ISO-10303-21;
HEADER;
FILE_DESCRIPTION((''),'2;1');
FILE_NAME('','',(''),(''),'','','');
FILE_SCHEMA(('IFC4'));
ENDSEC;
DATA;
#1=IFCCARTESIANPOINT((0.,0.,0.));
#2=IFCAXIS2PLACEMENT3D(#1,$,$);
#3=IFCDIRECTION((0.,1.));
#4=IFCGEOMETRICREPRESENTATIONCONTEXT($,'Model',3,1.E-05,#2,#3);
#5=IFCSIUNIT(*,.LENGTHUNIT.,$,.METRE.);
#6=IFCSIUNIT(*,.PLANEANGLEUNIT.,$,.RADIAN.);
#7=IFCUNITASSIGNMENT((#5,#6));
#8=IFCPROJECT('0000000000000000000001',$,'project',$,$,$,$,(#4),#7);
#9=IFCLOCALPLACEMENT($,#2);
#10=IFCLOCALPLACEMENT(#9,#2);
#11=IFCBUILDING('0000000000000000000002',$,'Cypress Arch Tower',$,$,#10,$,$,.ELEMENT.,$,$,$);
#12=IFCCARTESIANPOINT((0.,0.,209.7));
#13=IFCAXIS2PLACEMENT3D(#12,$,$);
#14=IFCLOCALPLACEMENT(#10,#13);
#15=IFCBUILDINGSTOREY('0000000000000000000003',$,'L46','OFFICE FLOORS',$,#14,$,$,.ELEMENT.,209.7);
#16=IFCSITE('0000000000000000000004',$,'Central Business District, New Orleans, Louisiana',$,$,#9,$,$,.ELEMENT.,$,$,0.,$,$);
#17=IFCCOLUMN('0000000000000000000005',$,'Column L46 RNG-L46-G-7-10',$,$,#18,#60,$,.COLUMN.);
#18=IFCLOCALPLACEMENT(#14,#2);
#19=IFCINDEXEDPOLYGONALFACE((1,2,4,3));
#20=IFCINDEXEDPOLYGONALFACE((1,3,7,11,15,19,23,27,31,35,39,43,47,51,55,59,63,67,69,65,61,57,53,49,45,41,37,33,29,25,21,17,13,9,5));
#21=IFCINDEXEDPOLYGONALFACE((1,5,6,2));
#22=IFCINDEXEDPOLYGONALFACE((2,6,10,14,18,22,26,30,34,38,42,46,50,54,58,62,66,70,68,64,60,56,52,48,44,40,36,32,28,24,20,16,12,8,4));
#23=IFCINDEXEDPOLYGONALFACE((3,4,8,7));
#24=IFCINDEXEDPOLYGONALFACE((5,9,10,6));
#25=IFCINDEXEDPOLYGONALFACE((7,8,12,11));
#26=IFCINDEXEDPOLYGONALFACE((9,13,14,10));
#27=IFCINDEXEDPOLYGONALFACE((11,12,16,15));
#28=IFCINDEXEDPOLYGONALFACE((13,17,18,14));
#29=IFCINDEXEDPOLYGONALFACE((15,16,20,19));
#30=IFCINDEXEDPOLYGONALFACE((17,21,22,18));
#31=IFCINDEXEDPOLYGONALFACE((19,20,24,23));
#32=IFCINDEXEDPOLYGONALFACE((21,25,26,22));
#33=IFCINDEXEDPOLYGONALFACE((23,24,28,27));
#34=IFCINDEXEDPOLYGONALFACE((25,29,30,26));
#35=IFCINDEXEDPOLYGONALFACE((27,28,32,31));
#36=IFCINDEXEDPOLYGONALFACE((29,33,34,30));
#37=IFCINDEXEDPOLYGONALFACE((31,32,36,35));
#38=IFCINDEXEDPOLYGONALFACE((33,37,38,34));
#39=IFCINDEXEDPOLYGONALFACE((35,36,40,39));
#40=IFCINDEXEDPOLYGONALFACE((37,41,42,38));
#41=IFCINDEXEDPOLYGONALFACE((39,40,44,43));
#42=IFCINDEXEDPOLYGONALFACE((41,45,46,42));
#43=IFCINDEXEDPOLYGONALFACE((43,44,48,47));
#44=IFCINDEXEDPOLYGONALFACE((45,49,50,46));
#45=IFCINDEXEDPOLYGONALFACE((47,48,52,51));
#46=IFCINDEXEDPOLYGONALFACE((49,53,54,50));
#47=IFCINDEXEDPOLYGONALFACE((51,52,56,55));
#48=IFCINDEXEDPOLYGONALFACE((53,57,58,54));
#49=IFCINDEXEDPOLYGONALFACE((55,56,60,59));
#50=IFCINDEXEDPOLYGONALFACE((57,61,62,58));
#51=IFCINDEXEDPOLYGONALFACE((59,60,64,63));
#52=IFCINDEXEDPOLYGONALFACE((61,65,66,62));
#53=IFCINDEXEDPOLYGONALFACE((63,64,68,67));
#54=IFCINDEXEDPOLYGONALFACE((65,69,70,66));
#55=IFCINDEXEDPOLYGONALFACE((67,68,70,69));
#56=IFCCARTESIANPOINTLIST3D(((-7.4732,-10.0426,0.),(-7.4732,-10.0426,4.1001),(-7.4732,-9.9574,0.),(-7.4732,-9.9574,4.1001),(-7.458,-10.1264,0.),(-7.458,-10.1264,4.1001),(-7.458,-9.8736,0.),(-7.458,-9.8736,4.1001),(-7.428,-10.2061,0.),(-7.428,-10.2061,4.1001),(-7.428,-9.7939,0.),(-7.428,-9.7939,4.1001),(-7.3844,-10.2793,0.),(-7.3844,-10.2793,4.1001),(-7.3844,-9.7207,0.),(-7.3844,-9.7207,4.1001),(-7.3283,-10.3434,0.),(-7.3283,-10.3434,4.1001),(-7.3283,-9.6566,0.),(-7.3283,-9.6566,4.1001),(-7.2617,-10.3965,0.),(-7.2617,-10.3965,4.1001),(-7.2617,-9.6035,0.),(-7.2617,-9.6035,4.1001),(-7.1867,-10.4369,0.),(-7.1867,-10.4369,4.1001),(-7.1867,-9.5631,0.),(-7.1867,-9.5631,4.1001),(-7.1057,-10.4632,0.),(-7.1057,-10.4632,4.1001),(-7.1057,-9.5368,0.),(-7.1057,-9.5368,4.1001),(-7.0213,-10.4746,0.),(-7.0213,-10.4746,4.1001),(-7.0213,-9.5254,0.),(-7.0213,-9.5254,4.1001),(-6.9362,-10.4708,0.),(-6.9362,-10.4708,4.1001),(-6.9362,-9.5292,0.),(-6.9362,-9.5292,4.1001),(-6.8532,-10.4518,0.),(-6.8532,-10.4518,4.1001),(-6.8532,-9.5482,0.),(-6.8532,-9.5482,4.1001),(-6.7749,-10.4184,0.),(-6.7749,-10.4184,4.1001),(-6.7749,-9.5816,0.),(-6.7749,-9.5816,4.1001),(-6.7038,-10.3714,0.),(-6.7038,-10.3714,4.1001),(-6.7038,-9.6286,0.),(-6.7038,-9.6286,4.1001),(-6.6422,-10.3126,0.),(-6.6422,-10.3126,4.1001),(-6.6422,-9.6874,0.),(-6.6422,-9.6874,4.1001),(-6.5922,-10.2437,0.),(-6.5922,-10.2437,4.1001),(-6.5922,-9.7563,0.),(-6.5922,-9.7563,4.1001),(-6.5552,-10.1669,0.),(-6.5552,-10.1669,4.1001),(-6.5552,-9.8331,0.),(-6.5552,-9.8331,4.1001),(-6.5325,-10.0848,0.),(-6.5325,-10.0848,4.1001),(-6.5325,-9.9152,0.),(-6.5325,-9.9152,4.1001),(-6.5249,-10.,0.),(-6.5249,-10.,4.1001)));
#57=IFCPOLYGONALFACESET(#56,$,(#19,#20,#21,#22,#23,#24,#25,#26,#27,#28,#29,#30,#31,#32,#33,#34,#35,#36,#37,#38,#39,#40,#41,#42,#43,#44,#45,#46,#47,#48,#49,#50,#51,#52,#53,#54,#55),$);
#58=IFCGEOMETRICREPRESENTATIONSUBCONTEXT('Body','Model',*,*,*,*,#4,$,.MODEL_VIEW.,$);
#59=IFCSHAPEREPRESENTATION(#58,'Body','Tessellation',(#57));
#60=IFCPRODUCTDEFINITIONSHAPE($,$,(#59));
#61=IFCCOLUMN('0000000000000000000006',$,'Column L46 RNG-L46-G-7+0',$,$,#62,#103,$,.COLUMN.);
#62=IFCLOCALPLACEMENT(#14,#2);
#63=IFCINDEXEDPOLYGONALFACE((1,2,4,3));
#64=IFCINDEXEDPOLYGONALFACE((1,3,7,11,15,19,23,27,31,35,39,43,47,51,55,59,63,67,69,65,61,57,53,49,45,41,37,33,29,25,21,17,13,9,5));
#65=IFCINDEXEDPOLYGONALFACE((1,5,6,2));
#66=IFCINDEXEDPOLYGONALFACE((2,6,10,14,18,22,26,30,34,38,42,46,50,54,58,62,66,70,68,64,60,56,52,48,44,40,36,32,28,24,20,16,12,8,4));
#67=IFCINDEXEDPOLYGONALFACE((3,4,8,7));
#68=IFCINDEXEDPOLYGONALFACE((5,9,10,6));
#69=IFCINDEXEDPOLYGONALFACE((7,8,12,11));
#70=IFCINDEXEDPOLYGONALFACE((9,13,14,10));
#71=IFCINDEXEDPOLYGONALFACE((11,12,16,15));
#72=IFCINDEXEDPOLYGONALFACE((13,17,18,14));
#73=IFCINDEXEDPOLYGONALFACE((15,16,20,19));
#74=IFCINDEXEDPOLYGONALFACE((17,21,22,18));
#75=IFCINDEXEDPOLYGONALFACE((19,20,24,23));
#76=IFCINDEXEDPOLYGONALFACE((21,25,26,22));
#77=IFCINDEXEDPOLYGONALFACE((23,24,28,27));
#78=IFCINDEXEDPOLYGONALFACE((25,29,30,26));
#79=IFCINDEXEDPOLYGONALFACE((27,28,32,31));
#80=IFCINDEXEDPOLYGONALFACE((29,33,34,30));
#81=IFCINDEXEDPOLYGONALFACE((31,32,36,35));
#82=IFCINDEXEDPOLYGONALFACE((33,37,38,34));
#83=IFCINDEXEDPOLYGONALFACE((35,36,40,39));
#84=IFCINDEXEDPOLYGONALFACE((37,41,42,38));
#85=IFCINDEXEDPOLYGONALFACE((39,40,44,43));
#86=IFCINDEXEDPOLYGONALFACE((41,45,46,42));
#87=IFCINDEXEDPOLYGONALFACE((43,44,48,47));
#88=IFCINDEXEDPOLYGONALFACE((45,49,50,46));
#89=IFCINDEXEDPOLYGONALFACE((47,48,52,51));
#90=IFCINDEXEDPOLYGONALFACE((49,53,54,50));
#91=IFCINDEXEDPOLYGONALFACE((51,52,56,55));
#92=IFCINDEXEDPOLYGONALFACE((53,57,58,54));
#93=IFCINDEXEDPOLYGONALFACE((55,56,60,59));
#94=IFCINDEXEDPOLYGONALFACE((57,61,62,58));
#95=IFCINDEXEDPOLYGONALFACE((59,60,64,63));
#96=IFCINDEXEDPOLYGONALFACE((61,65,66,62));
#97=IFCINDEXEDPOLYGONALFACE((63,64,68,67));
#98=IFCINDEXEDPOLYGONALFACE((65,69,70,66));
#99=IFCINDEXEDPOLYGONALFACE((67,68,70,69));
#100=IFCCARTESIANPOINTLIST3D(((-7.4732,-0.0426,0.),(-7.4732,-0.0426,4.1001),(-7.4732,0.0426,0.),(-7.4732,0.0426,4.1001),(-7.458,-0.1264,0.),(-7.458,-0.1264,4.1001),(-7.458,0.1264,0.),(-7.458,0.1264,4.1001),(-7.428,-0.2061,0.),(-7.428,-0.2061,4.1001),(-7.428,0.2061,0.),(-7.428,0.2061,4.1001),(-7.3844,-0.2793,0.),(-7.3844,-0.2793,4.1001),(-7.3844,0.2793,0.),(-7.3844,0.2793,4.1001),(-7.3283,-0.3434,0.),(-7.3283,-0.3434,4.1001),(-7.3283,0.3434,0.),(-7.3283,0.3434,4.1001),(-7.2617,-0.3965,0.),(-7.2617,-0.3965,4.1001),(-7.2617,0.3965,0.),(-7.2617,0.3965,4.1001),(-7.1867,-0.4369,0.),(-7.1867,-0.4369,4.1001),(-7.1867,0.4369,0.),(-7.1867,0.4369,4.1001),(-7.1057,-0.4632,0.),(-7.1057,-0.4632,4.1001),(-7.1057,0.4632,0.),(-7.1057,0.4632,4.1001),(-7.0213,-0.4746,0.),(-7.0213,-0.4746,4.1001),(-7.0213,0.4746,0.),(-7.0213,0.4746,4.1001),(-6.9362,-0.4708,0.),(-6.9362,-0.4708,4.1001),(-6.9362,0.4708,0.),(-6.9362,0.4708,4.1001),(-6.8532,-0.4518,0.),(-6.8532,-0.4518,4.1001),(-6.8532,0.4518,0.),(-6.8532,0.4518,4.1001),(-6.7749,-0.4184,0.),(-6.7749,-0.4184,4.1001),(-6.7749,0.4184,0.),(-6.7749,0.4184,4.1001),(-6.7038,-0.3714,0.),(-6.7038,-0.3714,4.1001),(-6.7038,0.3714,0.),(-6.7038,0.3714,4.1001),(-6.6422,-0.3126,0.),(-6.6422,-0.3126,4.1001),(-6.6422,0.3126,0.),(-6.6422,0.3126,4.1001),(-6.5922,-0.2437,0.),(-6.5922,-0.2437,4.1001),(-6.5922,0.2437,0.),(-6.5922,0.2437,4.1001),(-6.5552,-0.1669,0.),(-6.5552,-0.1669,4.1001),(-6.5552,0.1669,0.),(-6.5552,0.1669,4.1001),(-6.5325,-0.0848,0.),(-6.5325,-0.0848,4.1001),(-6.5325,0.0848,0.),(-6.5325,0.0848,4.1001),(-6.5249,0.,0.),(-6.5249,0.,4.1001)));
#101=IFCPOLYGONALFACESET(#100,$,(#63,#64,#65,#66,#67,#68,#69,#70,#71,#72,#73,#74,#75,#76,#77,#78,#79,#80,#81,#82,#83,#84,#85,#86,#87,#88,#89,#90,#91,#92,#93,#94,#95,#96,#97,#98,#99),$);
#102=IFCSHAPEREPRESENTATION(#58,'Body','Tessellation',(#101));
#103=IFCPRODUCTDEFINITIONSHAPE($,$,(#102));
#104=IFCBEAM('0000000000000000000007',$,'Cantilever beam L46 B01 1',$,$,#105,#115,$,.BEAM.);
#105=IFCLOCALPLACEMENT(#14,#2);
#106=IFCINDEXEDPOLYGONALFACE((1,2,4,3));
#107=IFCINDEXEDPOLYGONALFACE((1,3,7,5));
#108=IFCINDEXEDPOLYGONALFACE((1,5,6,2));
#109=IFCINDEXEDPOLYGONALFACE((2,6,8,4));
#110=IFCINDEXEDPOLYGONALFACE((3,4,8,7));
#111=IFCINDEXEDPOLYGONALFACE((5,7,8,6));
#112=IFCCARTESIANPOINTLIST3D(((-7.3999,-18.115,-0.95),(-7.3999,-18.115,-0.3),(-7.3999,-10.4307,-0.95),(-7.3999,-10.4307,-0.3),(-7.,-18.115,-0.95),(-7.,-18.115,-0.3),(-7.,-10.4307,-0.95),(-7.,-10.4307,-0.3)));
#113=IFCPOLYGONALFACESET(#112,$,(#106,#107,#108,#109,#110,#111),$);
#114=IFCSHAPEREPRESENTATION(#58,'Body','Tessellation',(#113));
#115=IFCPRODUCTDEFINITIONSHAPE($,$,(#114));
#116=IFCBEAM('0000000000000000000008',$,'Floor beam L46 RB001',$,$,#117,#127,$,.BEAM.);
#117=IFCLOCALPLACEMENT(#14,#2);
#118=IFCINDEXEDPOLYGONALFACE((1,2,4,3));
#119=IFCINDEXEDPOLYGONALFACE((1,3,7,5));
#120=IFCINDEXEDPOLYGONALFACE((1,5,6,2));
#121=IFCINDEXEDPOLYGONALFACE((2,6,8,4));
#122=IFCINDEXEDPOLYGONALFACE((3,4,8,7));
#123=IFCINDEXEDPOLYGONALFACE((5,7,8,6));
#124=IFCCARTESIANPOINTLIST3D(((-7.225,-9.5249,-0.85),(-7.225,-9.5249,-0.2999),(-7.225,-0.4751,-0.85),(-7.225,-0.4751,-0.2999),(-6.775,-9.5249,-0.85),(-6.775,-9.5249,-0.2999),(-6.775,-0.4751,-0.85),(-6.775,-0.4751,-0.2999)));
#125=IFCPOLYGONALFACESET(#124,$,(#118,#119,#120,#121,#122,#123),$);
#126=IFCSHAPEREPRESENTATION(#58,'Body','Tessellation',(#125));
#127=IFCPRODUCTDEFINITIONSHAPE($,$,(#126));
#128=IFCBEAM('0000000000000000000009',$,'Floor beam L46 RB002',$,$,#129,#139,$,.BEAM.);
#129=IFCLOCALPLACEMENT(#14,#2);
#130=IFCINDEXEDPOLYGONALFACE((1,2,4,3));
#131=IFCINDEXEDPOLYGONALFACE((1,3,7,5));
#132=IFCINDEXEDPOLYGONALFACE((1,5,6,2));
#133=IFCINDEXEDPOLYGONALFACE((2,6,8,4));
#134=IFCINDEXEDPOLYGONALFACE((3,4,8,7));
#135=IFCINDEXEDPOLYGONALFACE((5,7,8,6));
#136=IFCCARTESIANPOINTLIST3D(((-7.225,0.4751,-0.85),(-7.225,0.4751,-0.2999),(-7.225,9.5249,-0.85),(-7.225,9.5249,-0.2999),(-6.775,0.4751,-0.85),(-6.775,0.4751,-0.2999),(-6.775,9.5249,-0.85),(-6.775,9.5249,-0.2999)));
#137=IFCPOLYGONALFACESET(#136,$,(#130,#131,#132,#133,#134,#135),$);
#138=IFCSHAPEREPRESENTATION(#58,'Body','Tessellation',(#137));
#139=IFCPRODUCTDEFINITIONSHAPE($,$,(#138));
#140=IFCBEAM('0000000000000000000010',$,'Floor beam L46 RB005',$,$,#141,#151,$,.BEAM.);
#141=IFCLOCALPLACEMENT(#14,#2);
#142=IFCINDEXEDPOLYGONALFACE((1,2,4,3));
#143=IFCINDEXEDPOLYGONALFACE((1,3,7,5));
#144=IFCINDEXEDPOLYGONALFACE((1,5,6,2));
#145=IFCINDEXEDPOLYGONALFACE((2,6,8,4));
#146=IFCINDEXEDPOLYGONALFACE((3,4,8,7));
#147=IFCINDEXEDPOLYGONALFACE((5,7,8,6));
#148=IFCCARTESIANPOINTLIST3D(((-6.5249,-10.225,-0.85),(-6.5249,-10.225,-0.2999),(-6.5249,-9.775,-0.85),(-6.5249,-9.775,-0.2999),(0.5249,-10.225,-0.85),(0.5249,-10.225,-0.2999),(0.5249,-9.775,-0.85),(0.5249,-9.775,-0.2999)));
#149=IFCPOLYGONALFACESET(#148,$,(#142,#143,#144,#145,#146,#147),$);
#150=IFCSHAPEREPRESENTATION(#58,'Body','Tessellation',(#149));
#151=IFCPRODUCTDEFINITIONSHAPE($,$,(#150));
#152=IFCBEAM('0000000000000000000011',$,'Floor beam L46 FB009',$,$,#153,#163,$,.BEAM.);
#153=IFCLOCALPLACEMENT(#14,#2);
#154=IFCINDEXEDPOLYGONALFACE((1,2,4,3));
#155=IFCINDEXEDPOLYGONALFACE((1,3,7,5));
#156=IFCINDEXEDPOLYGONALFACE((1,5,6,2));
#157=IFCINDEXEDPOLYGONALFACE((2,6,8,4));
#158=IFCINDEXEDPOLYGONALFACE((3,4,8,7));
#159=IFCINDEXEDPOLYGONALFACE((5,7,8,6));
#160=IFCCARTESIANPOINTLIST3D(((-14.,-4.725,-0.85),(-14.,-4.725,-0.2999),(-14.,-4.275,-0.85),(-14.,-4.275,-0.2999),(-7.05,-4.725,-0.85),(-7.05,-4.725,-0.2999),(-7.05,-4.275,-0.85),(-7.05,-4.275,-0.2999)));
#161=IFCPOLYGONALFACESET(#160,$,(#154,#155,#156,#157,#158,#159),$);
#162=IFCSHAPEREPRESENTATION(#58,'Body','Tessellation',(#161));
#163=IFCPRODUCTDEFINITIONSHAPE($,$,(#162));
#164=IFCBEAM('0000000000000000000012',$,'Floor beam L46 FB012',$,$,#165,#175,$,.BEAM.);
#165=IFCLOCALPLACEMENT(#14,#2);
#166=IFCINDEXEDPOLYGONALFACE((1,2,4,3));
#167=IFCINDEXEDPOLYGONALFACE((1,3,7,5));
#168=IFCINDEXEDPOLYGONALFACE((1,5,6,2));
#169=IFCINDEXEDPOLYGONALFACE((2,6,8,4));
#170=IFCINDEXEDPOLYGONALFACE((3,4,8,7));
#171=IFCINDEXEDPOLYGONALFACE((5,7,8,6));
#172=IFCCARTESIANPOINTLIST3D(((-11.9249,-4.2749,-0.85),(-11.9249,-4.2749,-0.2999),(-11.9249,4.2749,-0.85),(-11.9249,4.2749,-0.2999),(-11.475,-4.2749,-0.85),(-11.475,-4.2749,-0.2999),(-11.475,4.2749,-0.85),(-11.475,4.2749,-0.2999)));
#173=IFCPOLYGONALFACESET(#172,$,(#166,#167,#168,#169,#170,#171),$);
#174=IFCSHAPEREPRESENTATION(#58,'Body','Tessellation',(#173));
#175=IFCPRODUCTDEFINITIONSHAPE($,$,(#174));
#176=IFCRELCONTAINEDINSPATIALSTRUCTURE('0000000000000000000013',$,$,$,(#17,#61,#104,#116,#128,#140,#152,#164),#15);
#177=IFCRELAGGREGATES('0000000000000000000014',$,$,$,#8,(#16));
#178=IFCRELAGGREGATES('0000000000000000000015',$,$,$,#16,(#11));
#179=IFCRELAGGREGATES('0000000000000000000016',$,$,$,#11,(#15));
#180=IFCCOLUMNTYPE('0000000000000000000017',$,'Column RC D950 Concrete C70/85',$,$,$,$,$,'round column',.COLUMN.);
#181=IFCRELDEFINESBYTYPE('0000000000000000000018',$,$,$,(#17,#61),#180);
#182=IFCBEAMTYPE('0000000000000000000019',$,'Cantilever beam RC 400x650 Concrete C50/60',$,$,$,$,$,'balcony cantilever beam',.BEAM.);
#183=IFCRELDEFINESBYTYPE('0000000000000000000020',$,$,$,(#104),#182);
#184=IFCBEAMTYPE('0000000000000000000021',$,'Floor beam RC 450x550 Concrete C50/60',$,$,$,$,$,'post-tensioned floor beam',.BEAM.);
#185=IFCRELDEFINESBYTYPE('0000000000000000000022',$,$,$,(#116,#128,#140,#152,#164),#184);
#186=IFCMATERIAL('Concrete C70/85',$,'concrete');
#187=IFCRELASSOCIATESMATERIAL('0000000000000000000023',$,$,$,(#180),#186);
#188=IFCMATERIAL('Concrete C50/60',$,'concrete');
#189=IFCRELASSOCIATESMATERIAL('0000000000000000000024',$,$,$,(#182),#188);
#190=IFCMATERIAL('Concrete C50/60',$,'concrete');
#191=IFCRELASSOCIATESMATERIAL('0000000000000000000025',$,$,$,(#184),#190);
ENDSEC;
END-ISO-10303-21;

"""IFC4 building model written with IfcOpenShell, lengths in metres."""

from ifc_helpers import new_model, si_unit, direction, frame, origin, origin_2d, place, context, subcontext, project, spatial, rectangle, circle, extrude, material, material_profile, profile_set, type_object, element, save


model = new_model("IFC4")

# Units and contexts
model_context = context("Model", 3, precision=1e-05, world=origin(), true_north=direction((0.0, 1.0)))
body_context = subcontext(model_context, "Body", "Model", "MODEL_VIEW")
ifc_project = project(units=[si_unit("LENGTHUNIT", "METRE"), si_unit("PLANEANGLEUNIT", "RADIAN")], contexts=[model_context])

# Site, building, storey
site_placement = place(None, origin())
site = spatial("IfcSite", under=ifc_project, at=site_placement, Name="Central Business District, New Orleans, Louisiana", CompositionType="ELEMENT", RefElevation=0.0)
building_placement = place(site_placement, origin())
building = spatial("IfcBuilding", under=site, at=building_placement, Name="Cypress Arch Tower", CompositionType="ELEMENT")
storey_placement = place(building_placement, frame((0.0, 0.0, 209.7)))
storey = spatial("IfcBuildingStorey", under=building, at=storey_placement, Name="L46", Description="OFFICE FLOORS", CompositionType="ELEMENT", Elevation=209.7)

# Columns
ifc_material_1 = material(Name="Concrete C70/85", Category="concrete")
ifc_material_profile_1 = material_profile(ifc_material_1, circle(Radius=0.4751, at=origin_2d()), Name="RC D950")
ifc_profile_set_1 = profile_set([ifc_material_profile_1], Name="Concrete C70/85")
column_type = type_object("IfcColumnType", Name="Column RC D950 Concrete C70/85", ElementType="round column", PredefinedType="COLUMN", material=ifc_profile_set_1)
for number, where, z_axis, x_axis, name in (
    (1, (-7.0, -10.0, 0.0), (0.0, 0.0, 1.0), (1.0, 0.0, 0.0), "Column L46 RNG-L46-G-7-10"),
    (2, (-7.0, 0.0, 0.0), (0.0, 0.0, 1.0), (1.0, 0.0, 0.0), "Column L46 RNG-L46-G-7+0"),
):
    element("IfcColumn", number, at=place(storey_placement, frame(where, z_axis=z_axis, x_axis=x_axis)), inside=storey, type_object=column_type, Name=name, PredefinedType="COLUMN", context=body_context, shape_type="SweptSolid", body=[
        extrude(circle(Radius=0.4751, at=origin_2d()), origin(), (0.0, 0.0, 1.0), 4.1001),
    ])

# Beams
ifc_material_2 = material(Name="Concrete C50/60", Category="concrete")
ifc_material_profile_2 = material_profile(ifc_material_2, rectangle(XDim=0.3999, YDim=0.6499, at=origin_2d()), Name="RC 400x650")
ifc_profile_set_2 = profile_set([ifc_material_profile_2], Name="Concrete C50/60")
beam_type_1 = type_object("IfcBeamType", Name="Cantilever beam RC 400x650 Concrete C50/60", ElementType="balcony cantilever beam", PredefinedType="BEAM", material=ifc_profile_set_2)
beam_1_placement = place(storey_placement, frame((-7.2, -10.4307, -0.625), z_axis=(0.0, -1.0, 0.0), x_axis=(1.0, 0.0, 0.0)))
element("IfcBeam", 3, at=beam_1_placement, inside=storey, type_object=beam_type_1, Name="Cantilever beam L46 B01 1", PredefinedType="BEAM", context=body_context, shape_type="SweptSolid", body=[
    extrude(rectangle(XDim=0.3999, YDim=0.6499, at=origin_2d()), origin(), (0.0, 0.0, 1.0), 7.6843),
])
ifc_material_3 = material(Name="Concrete C50/60", Category="concrete")
ifc_material_profile_3 = material_profile(ifc_material_3, rectangle(XDim=0.45, YDim=0.55, at=origin_2d()), Name="RC 450x550")
ifc_profile_set_3 = profile_set([ifc_material_profile_3], Name="Concrete C50/60")
beam_type_2 = type_object("IfcBeamType", Name="Floor beam RC 450x550 Concrete C50/60", ElementType="post-tensioned floor beam", PredefinedType="BEAM", material=ifc_profile_set_3)
for number, where, z_axis, x_axis, name in (
    (4, (-7.0, -9.5249, -0.575), (0.0, 1.0, 0.0), (-1.0, 0.0, 0.0), "Floor beam L46 RB001"),
    (5, (-7.0, 0.4751, -0.575), (0.0, 1.0, 0.0), (-1.0, 0.0, 0.0), "Floor beam L46 RB002"),
):
    element("IfcBeam", number, at=place(storey_placement, frame(where, z_axis=z_axis, x_axis=x_axis)), inside=storey, type_object=beam_type_2, Name=name, PredefinedType="BEAM", context=body_context, shape_type="SweptSolid", body=[
        extrude(rectangle(XDim=0.45, YDim=0.55, at=origin_2d()), origin(), (0.0, 0.0, 1.0), 9.0498),
    ])
beam_2_placement = place(storey_placement, frame((-6.5249, -10.0, -0.575), z_axis=(1.0, 0.0, 0.0), x_axis=(0.0, 1.0, 0.0)))
element("IfcBeam", 6, at=beam_2_placement, inside=storey, type_object=beam_type_2, Name="Floor beam L46 RB005", PredefinedType="BEAM", context=body_context, shape_type="SweptSolid", body=[
    extrude(rectangle(XDim=0.45, YDim=0.55, at=origin_2d()), origin(), (0.0, 0.0, 1.0), 7.0498),
])
beam_3_placement = place(storey_placement, frame((-14.0, -4.5, -0.575), z_axis=(1.0, 0.0, 0.0), x_axis=(0.0, 1.0, 0.0)))
element("IfcBeam", 7, at=beam_3_placement, inside=storey, type_object=beam_type_2, Name="Floor beam L46 FB009", PredefinedType="BEAM", context=body_context, shape_type="SweptSolid", body=[
    extrude(rectangle(XDim=0.45, YDim=0.55, at=origin_2d()), origin(), (0.0, 0.0, 1.0), 6.95),
])
beam_4_placement = place(storey_placement, frame((-11.7, -4.2749, -0.575), z_axis=(0.0, 1.0, 0.0), x_axis=(-1.0, 0.0, 0.0)))
element("IfcBeam", 8, at=beam_4_placement, inside=storey, type_object=beam_type_2, Name="Floor beam L46 FB012", PredefinedType="BEAM", context=body_context, shape_type="SweptSolid", body=[
    extrude(rectangle(XDim=0.45, YDim=0.55, at=origin_2d()), origin(), (0.0, 0.0, 1.0), 8.5498),
])

save(model, "model.ifc")
